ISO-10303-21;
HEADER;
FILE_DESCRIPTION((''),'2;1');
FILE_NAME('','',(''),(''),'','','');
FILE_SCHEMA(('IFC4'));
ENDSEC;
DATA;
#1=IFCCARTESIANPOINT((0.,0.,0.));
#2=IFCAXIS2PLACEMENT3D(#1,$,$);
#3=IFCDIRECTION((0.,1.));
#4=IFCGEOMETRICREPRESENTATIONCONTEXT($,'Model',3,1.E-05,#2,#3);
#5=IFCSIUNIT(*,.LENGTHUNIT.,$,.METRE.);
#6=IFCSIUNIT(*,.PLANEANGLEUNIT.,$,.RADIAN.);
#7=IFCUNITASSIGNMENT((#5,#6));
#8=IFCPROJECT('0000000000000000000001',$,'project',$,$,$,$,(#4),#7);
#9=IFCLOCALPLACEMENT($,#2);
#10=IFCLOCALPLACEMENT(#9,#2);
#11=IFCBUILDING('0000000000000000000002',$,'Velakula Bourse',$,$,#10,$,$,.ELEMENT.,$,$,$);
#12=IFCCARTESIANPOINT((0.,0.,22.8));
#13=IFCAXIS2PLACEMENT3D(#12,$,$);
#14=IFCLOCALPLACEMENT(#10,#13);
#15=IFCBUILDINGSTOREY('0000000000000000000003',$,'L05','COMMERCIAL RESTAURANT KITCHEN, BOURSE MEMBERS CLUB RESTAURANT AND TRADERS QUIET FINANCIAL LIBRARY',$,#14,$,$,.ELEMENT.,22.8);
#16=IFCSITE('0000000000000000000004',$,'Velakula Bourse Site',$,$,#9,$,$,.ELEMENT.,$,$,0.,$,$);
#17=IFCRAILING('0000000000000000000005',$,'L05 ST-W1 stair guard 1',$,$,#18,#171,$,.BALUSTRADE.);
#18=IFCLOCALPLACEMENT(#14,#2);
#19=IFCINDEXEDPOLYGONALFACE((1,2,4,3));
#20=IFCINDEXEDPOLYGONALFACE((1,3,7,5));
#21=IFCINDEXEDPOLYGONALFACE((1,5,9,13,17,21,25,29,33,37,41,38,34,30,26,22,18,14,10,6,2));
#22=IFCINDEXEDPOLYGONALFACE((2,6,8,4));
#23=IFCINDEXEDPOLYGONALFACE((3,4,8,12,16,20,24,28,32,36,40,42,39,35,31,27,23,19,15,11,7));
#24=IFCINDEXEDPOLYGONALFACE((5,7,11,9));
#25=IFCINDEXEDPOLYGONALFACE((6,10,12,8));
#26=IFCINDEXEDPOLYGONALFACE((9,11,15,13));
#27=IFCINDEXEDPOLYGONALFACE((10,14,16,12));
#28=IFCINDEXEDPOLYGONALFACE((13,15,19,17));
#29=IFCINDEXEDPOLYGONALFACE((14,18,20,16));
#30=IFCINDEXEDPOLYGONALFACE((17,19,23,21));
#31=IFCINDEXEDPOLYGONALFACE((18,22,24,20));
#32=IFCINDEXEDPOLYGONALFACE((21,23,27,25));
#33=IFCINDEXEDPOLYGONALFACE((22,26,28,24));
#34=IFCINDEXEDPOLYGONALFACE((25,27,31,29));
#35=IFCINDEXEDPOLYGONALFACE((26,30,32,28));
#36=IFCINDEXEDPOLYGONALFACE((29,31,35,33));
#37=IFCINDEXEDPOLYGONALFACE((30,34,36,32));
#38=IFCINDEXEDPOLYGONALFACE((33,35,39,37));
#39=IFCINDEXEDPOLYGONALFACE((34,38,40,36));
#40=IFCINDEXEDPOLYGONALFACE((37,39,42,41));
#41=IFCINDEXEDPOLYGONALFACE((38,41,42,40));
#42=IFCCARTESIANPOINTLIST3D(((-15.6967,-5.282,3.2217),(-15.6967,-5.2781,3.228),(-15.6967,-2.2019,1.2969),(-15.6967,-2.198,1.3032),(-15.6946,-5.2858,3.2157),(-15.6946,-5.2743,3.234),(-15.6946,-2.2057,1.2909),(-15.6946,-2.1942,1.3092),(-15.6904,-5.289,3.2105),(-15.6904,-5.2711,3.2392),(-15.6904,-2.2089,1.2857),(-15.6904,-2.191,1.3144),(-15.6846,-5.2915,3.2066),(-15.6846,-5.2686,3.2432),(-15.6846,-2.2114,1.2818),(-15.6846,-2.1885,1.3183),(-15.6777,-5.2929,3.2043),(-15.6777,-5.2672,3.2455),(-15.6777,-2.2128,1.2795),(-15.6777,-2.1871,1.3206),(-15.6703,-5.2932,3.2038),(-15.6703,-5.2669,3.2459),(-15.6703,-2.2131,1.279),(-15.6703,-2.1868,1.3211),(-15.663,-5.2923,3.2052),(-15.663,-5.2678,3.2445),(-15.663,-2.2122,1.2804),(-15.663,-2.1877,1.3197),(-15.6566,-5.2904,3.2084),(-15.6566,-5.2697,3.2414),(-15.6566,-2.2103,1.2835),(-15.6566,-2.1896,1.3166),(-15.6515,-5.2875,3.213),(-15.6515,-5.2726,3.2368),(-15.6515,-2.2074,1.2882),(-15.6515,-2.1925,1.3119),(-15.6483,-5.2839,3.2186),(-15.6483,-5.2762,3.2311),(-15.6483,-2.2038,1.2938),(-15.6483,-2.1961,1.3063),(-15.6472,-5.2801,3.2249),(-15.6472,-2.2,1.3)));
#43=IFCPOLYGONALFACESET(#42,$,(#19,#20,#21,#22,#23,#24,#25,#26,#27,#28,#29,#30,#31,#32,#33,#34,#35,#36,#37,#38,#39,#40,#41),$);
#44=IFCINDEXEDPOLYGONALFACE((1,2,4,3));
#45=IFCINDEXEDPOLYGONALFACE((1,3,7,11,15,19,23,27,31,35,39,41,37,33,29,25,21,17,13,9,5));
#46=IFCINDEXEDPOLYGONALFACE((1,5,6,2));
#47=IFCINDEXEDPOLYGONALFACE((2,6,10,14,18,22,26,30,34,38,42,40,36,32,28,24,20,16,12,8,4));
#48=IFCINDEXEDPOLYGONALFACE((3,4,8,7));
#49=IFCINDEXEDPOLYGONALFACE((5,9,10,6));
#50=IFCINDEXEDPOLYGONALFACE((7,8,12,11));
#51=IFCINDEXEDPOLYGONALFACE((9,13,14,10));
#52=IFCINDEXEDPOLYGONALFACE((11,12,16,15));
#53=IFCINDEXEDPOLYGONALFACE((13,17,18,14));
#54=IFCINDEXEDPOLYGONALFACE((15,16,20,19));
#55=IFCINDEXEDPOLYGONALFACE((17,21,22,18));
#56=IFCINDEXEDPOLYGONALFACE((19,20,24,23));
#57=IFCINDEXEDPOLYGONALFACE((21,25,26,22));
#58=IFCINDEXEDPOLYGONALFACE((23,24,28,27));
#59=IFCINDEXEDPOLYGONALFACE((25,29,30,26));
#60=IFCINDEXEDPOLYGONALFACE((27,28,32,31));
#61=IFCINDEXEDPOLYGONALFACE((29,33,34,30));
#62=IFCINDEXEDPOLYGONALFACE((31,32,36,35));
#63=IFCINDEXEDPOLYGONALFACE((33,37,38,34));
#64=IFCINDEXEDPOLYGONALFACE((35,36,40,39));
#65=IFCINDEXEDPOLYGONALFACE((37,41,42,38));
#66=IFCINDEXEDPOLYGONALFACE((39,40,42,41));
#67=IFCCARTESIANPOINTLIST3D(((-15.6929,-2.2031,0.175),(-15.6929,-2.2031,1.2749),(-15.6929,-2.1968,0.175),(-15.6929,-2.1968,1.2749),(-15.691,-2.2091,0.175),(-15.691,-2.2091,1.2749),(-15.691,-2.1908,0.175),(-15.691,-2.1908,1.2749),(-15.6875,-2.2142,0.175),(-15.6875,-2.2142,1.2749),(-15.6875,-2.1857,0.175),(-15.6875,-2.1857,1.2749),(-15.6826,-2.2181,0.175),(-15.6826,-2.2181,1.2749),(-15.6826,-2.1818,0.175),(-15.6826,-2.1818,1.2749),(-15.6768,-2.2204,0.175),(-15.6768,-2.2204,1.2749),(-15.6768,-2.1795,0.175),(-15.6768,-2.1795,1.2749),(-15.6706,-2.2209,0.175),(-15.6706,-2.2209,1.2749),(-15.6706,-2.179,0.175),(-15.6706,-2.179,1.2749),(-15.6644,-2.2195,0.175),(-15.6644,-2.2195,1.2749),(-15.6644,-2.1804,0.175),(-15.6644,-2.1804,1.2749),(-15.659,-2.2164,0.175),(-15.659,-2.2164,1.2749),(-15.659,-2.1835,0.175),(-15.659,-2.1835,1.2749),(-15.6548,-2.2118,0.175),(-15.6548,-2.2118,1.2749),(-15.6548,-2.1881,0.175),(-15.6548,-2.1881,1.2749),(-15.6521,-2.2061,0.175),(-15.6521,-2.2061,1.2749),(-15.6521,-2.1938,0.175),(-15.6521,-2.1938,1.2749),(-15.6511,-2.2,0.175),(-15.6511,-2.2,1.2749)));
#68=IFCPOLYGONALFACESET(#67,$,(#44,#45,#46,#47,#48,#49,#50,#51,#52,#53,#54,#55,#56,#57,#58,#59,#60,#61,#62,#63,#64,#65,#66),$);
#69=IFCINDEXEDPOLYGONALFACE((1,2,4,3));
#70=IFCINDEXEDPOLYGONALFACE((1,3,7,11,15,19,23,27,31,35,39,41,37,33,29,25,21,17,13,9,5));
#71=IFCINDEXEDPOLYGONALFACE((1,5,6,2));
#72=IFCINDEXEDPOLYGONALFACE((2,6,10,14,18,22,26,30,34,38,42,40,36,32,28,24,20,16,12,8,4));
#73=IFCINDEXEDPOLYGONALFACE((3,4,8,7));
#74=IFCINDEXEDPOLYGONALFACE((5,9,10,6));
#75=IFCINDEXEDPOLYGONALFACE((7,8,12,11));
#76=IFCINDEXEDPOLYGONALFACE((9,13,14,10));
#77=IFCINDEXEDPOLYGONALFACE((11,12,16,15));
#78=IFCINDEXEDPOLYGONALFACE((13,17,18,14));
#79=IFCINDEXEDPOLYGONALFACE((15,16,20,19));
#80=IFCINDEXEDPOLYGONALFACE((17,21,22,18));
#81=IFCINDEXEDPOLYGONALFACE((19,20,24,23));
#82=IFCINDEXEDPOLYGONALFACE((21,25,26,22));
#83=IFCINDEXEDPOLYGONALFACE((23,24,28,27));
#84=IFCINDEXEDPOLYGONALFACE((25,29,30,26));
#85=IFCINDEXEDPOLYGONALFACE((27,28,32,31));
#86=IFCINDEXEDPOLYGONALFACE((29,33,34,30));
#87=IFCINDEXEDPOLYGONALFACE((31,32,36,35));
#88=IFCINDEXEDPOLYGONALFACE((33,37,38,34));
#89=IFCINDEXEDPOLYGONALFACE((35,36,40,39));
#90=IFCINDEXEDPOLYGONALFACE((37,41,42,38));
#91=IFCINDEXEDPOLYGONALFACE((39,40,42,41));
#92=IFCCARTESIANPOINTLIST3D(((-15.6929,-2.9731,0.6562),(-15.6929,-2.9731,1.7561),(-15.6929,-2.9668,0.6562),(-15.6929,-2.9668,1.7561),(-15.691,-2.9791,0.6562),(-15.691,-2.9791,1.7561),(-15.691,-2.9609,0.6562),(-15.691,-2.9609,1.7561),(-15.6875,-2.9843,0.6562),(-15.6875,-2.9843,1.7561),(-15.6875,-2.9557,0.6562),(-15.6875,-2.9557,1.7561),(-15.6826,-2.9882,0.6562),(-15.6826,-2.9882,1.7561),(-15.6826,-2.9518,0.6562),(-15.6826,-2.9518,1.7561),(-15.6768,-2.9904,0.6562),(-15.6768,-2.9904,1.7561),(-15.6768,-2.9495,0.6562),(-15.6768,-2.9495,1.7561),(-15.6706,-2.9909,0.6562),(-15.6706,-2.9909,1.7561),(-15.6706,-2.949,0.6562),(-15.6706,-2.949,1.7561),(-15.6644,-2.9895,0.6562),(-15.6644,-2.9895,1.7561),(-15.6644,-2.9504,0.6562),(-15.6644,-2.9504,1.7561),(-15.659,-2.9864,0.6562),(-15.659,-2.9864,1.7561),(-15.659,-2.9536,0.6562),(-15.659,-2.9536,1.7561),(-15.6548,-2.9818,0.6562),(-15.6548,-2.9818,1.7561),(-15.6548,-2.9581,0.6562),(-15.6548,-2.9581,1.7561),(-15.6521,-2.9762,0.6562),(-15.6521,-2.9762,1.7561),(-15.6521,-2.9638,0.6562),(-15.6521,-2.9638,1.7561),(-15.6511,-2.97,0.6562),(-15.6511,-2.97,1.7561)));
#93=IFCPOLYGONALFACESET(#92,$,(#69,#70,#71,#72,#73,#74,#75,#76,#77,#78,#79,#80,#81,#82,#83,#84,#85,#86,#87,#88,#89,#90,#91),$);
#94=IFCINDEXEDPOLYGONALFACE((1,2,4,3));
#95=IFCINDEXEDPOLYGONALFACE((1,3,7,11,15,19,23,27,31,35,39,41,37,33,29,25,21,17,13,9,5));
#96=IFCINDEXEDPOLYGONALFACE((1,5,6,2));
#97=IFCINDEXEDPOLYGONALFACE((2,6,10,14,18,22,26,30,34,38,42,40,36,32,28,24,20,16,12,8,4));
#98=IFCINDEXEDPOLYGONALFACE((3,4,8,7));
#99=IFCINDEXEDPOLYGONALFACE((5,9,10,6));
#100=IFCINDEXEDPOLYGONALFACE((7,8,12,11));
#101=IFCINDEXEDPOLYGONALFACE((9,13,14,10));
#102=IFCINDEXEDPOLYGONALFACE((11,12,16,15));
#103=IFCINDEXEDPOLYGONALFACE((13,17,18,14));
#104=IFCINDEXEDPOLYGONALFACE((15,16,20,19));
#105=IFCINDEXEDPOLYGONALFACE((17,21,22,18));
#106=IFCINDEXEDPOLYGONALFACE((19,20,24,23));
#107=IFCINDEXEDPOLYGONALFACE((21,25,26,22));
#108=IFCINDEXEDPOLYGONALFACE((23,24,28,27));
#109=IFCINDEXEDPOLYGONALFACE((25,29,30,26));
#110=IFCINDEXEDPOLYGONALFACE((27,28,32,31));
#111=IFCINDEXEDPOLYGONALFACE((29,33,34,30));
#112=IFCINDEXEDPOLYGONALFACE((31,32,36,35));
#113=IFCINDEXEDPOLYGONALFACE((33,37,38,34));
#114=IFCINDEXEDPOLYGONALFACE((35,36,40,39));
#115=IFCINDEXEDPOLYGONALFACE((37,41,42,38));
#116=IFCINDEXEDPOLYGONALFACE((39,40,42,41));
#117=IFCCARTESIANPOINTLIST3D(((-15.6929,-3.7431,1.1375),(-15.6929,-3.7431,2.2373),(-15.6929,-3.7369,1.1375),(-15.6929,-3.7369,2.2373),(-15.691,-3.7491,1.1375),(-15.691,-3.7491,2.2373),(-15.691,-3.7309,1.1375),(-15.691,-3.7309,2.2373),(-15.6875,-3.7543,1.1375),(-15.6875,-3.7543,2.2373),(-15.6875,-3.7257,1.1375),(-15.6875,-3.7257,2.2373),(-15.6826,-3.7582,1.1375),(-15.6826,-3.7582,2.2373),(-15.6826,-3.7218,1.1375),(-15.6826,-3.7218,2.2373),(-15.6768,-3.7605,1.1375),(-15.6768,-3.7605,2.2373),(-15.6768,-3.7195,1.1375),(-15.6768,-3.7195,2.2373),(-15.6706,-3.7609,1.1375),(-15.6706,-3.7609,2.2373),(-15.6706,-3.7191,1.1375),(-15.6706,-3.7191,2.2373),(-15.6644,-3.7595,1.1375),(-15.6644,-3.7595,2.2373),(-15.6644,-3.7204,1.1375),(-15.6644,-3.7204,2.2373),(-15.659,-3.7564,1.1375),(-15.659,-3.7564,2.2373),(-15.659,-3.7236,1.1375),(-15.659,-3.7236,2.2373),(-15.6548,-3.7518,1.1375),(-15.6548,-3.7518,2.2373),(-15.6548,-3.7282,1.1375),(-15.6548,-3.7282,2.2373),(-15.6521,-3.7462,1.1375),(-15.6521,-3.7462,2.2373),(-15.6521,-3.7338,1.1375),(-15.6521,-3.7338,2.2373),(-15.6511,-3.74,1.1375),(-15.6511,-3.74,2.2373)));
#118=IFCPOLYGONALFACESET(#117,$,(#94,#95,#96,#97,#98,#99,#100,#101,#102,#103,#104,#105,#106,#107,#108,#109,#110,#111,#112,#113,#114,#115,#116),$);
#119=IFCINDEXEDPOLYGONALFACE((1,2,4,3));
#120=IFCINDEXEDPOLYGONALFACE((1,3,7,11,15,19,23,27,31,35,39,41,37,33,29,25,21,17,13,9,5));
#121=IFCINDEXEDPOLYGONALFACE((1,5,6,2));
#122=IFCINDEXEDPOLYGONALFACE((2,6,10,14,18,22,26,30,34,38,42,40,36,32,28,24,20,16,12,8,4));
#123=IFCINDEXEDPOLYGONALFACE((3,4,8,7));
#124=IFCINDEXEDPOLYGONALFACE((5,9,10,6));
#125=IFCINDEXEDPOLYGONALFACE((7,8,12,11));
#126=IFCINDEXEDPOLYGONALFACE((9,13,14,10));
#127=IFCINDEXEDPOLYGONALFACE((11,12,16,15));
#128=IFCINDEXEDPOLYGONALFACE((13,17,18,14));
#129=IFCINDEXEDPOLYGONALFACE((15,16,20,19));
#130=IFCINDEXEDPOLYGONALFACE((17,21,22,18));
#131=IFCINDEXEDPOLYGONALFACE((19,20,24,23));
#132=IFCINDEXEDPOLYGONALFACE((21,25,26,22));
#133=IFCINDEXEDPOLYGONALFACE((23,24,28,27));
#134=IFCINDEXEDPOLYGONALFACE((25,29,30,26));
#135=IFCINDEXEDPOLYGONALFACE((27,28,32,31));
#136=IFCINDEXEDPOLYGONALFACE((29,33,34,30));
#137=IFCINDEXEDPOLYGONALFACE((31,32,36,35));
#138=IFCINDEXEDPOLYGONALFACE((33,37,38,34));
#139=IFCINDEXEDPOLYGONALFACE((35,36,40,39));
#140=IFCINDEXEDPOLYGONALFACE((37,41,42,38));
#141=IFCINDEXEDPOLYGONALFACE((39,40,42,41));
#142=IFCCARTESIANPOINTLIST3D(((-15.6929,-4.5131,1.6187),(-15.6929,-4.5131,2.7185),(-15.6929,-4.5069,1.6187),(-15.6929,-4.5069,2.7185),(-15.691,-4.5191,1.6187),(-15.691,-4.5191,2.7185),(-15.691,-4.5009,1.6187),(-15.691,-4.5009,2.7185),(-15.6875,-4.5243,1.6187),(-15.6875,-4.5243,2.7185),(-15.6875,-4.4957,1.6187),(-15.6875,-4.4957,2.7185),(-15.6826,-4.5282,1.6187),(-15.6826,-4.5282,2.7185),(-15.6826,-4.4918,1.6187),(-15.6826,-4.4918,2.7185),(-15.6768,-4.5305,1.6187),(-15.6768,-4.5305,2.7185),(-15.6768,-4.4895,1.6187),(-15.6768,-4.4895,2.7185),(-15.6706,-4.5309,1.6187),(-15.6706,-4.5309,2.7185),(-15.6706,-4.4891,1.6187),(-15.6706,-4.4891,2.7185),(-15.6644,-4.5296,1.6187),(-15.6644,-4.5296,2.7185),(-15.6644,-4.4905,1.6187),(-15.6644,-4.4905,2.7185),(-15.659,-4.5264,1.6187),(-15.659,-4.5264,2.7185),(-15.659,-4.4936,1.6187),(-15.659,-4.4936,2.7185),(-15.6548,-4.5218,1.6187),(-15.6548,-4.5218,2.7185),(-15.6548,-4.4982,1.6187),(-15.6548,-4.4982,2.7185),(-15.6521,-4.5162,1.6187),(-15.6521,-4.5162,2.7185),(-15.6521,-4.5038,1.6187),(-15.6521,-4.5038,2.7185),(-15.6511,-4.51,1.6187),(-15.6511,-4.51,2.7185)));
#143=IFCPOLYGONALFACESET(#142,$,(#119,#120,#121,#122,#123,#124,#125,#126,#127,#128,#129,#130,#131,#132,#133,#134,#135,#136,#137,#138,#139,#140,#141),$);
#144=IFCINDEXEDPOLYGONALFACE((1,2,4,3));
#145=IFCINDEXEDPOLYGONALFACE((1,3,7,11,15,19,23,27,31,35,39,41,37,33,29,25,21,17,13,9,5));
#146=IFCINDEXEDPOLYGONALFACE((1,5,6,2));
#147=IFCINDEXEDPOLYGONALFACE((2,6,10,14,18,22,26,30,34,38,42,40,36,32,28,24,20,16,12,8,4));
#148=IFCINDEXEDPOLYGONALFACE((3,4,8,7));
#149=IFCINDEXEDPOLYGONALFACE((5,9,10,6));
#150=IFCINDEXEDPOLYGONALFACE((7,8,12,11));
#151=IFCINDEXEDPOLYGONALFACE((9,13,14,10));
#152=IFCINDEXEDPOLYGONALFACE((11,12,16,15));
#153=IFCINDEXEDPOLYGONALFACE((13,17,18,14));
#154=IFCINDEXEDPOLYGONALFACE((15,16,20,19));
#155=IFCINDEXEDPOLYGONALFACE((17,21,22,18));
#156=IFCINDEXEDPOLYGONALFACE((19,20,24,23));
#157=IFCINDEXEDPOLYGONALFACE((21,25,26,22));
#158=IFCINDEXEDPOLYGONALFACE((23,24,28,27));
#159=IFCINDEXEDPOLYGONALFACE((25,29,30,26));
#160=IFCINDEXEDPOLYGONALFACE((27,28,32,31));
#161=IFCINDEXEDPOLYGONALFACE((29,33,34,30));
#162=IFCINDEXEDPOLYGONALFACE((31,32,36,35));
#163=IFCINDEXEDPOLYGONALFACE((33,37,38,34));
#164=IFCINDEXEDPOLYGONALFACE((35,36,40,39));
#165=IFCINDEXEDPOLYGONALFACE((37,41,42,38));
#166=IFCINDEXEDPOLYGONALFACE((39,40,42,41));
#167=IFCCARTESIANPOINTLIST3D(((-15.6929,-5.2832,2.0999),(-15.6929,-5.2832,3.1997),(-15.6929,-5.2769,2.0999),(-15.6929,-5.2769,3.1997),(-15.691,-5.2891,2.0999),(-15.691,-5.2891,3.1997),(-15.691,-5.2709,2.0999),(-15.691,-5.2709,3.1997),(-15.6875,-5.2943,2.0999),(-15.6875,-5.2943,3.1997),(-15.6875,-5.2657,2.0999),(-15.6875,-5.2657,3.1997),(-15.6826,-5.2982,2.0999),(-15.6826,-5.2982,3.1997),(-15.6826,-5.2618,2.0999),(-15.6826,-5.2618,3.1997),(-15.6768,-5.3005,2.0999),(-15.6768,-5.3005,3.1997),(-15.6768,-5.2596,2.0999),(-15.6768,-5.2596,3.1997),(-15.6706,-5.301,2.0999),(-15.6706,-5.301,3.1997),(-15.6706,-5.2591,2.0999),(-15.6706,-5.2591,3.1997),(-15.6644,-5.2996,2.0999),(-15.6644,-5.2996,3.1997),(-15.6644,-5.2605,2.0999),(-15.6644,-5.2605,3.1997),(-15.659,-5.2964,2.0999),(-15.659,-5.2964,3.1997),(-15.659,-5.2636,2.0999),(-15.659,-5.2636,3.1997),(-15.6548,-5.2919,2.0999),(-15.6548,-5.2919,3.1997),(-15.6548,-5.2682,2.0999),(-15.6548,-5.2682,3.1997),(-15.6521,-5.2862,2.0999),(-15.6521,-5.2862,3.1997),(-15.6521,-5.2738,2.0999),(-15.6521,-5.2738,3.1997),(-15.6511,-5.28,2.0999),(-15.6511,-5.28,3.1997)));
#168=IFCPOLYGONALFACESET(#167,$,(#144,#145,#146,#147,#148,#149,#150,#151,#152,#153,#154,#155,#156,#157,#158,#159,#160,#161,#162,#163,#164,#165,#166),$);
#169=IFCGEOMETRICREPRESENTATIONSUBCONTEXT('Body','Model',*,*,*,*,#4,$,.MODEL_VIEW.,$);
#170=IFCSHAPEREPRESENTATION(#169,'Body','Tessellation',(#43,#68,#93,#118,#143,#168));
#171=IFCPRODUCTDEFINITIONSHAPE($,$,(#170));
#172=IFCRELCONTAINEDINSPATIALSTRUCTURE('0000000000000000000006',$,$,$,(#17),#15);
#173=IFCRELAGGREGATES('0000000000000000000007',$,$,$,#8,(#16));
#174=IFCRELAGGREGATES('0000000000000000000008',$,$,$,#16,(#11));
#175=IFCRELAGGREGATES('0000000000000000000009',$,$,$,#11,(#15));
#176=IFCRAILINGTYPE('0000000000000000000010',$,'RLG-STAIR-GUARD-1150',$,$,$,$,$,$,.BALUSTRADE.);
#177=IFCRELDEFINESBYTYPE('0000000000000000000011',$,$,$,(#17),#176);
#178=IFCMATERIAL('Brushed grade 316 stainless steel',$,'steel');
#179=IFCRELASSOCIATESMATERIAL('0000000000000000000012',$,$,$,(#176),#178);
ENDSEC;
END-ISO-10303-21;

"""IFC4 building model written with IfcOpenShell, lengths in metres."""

from ifc_helpers import new_model, si_unit, direction, frame, origin, origin_2d, place, context, subcontext, project, spatial, circle, extrude, material, type_object, element, save


model = new_model("IFC4")

# Units and contexts
model_context = context("Model", 3, precision=1e-05, world=origin(), true_north=direction((0.0, 1.0)))
body_context = subcontext(model_context, "Body", "Model", "MODEL_VIEW")
ifc_project = project(units=[si_unit("LENGTHUNIT", "METRE"), si_unit("PLANEANGLEUNIT", "RADIAN")], contexts=[model_context])

# Site, building, storey
site_placement = place(None, origin())
site = spatial("IfcSite", under=ifc_project, at=site_placement, Name="Velakula Bourse Site", CompositionType="ELEMENT", RefElevation=0.0)
building_placement = place(site_placement, origin())
building = spatial("IfcBuilding", under=site, at=building_placement, Name="Velakula Bourse", CompositionType="ELEMENT")
storey_placement = place(building_placement, frame((0.0, 0.0, 22.8)))
storey = spatial("IfcBuildingStorey", under=building, at=storey_placement, Name="L05", Description="COMMERCIAL RESTAURANT KITCHEN, BOURSE MEMBERS CLUB RESTAURANT AND TRADERS QUIET FINANCIAL LIBRARY", CompositionType="ELEMENT", Elevation=22.8)

# Shared definitions
ifc_material_1 = material(Name="Brushed grade 316 stainless steel", Category="steel")

# Railing
railing_type = type_object("IfcRailingType", Name="RLG-STAIR-GUARD-1150", PredefinedType="BALUSTRADE", material=ifc_material_1)
railing_1_placement = place(storey_placement, frame((-15.6721, -2.2, 0.175)))
element("IfcRailing", 1, at=railing_1_placement, inside=storey, type_object=railing_type, Name="L05 ST-W1 stair guard 1", PredefinedType="BALUSTRADE", context=body_context, shape_type="SweptSolid", body=[
    extrude(circle(Radius=0.0249, at=origin_2d()), frame((0.0, 0.0, 1.125), z_axis=(0.0, -0.848029, 0.529951), x_axis=(1.0, 0.0, 0.0)), (0.0, 0.0, 1.0), 3.6321),
    extrude(circle(Radius=0.021, at=origin_2d()), origin(), (0.0, 0.0, 1.0), 1.0999),
    extrude(circle(Radius=0.021, at=origin_2d()), frame((0.0, -0.77, 0.4812)), (0.0, 0.0, 1.0), 1.0999),
    extrude(circle(Radius=0.021, at=origin_2d()), frame((0.0, -1.54, 0.9624)), (0.0, 0.0, 1.0), 1.0999),
    extrude(circle(Radius=0.021, at=origin_2d()), frame((0.0, -2.3101, 1.4436)), (0.0, 0.0, 1.0), 1.0999),
    extrude(circle(Radius=0.021, at=origin_2d()), frame((0.0, -3.0801, 1.9248)), (0.0, 0.0, 1.0), 1.0999),
])

save(model, "model.ifc")
